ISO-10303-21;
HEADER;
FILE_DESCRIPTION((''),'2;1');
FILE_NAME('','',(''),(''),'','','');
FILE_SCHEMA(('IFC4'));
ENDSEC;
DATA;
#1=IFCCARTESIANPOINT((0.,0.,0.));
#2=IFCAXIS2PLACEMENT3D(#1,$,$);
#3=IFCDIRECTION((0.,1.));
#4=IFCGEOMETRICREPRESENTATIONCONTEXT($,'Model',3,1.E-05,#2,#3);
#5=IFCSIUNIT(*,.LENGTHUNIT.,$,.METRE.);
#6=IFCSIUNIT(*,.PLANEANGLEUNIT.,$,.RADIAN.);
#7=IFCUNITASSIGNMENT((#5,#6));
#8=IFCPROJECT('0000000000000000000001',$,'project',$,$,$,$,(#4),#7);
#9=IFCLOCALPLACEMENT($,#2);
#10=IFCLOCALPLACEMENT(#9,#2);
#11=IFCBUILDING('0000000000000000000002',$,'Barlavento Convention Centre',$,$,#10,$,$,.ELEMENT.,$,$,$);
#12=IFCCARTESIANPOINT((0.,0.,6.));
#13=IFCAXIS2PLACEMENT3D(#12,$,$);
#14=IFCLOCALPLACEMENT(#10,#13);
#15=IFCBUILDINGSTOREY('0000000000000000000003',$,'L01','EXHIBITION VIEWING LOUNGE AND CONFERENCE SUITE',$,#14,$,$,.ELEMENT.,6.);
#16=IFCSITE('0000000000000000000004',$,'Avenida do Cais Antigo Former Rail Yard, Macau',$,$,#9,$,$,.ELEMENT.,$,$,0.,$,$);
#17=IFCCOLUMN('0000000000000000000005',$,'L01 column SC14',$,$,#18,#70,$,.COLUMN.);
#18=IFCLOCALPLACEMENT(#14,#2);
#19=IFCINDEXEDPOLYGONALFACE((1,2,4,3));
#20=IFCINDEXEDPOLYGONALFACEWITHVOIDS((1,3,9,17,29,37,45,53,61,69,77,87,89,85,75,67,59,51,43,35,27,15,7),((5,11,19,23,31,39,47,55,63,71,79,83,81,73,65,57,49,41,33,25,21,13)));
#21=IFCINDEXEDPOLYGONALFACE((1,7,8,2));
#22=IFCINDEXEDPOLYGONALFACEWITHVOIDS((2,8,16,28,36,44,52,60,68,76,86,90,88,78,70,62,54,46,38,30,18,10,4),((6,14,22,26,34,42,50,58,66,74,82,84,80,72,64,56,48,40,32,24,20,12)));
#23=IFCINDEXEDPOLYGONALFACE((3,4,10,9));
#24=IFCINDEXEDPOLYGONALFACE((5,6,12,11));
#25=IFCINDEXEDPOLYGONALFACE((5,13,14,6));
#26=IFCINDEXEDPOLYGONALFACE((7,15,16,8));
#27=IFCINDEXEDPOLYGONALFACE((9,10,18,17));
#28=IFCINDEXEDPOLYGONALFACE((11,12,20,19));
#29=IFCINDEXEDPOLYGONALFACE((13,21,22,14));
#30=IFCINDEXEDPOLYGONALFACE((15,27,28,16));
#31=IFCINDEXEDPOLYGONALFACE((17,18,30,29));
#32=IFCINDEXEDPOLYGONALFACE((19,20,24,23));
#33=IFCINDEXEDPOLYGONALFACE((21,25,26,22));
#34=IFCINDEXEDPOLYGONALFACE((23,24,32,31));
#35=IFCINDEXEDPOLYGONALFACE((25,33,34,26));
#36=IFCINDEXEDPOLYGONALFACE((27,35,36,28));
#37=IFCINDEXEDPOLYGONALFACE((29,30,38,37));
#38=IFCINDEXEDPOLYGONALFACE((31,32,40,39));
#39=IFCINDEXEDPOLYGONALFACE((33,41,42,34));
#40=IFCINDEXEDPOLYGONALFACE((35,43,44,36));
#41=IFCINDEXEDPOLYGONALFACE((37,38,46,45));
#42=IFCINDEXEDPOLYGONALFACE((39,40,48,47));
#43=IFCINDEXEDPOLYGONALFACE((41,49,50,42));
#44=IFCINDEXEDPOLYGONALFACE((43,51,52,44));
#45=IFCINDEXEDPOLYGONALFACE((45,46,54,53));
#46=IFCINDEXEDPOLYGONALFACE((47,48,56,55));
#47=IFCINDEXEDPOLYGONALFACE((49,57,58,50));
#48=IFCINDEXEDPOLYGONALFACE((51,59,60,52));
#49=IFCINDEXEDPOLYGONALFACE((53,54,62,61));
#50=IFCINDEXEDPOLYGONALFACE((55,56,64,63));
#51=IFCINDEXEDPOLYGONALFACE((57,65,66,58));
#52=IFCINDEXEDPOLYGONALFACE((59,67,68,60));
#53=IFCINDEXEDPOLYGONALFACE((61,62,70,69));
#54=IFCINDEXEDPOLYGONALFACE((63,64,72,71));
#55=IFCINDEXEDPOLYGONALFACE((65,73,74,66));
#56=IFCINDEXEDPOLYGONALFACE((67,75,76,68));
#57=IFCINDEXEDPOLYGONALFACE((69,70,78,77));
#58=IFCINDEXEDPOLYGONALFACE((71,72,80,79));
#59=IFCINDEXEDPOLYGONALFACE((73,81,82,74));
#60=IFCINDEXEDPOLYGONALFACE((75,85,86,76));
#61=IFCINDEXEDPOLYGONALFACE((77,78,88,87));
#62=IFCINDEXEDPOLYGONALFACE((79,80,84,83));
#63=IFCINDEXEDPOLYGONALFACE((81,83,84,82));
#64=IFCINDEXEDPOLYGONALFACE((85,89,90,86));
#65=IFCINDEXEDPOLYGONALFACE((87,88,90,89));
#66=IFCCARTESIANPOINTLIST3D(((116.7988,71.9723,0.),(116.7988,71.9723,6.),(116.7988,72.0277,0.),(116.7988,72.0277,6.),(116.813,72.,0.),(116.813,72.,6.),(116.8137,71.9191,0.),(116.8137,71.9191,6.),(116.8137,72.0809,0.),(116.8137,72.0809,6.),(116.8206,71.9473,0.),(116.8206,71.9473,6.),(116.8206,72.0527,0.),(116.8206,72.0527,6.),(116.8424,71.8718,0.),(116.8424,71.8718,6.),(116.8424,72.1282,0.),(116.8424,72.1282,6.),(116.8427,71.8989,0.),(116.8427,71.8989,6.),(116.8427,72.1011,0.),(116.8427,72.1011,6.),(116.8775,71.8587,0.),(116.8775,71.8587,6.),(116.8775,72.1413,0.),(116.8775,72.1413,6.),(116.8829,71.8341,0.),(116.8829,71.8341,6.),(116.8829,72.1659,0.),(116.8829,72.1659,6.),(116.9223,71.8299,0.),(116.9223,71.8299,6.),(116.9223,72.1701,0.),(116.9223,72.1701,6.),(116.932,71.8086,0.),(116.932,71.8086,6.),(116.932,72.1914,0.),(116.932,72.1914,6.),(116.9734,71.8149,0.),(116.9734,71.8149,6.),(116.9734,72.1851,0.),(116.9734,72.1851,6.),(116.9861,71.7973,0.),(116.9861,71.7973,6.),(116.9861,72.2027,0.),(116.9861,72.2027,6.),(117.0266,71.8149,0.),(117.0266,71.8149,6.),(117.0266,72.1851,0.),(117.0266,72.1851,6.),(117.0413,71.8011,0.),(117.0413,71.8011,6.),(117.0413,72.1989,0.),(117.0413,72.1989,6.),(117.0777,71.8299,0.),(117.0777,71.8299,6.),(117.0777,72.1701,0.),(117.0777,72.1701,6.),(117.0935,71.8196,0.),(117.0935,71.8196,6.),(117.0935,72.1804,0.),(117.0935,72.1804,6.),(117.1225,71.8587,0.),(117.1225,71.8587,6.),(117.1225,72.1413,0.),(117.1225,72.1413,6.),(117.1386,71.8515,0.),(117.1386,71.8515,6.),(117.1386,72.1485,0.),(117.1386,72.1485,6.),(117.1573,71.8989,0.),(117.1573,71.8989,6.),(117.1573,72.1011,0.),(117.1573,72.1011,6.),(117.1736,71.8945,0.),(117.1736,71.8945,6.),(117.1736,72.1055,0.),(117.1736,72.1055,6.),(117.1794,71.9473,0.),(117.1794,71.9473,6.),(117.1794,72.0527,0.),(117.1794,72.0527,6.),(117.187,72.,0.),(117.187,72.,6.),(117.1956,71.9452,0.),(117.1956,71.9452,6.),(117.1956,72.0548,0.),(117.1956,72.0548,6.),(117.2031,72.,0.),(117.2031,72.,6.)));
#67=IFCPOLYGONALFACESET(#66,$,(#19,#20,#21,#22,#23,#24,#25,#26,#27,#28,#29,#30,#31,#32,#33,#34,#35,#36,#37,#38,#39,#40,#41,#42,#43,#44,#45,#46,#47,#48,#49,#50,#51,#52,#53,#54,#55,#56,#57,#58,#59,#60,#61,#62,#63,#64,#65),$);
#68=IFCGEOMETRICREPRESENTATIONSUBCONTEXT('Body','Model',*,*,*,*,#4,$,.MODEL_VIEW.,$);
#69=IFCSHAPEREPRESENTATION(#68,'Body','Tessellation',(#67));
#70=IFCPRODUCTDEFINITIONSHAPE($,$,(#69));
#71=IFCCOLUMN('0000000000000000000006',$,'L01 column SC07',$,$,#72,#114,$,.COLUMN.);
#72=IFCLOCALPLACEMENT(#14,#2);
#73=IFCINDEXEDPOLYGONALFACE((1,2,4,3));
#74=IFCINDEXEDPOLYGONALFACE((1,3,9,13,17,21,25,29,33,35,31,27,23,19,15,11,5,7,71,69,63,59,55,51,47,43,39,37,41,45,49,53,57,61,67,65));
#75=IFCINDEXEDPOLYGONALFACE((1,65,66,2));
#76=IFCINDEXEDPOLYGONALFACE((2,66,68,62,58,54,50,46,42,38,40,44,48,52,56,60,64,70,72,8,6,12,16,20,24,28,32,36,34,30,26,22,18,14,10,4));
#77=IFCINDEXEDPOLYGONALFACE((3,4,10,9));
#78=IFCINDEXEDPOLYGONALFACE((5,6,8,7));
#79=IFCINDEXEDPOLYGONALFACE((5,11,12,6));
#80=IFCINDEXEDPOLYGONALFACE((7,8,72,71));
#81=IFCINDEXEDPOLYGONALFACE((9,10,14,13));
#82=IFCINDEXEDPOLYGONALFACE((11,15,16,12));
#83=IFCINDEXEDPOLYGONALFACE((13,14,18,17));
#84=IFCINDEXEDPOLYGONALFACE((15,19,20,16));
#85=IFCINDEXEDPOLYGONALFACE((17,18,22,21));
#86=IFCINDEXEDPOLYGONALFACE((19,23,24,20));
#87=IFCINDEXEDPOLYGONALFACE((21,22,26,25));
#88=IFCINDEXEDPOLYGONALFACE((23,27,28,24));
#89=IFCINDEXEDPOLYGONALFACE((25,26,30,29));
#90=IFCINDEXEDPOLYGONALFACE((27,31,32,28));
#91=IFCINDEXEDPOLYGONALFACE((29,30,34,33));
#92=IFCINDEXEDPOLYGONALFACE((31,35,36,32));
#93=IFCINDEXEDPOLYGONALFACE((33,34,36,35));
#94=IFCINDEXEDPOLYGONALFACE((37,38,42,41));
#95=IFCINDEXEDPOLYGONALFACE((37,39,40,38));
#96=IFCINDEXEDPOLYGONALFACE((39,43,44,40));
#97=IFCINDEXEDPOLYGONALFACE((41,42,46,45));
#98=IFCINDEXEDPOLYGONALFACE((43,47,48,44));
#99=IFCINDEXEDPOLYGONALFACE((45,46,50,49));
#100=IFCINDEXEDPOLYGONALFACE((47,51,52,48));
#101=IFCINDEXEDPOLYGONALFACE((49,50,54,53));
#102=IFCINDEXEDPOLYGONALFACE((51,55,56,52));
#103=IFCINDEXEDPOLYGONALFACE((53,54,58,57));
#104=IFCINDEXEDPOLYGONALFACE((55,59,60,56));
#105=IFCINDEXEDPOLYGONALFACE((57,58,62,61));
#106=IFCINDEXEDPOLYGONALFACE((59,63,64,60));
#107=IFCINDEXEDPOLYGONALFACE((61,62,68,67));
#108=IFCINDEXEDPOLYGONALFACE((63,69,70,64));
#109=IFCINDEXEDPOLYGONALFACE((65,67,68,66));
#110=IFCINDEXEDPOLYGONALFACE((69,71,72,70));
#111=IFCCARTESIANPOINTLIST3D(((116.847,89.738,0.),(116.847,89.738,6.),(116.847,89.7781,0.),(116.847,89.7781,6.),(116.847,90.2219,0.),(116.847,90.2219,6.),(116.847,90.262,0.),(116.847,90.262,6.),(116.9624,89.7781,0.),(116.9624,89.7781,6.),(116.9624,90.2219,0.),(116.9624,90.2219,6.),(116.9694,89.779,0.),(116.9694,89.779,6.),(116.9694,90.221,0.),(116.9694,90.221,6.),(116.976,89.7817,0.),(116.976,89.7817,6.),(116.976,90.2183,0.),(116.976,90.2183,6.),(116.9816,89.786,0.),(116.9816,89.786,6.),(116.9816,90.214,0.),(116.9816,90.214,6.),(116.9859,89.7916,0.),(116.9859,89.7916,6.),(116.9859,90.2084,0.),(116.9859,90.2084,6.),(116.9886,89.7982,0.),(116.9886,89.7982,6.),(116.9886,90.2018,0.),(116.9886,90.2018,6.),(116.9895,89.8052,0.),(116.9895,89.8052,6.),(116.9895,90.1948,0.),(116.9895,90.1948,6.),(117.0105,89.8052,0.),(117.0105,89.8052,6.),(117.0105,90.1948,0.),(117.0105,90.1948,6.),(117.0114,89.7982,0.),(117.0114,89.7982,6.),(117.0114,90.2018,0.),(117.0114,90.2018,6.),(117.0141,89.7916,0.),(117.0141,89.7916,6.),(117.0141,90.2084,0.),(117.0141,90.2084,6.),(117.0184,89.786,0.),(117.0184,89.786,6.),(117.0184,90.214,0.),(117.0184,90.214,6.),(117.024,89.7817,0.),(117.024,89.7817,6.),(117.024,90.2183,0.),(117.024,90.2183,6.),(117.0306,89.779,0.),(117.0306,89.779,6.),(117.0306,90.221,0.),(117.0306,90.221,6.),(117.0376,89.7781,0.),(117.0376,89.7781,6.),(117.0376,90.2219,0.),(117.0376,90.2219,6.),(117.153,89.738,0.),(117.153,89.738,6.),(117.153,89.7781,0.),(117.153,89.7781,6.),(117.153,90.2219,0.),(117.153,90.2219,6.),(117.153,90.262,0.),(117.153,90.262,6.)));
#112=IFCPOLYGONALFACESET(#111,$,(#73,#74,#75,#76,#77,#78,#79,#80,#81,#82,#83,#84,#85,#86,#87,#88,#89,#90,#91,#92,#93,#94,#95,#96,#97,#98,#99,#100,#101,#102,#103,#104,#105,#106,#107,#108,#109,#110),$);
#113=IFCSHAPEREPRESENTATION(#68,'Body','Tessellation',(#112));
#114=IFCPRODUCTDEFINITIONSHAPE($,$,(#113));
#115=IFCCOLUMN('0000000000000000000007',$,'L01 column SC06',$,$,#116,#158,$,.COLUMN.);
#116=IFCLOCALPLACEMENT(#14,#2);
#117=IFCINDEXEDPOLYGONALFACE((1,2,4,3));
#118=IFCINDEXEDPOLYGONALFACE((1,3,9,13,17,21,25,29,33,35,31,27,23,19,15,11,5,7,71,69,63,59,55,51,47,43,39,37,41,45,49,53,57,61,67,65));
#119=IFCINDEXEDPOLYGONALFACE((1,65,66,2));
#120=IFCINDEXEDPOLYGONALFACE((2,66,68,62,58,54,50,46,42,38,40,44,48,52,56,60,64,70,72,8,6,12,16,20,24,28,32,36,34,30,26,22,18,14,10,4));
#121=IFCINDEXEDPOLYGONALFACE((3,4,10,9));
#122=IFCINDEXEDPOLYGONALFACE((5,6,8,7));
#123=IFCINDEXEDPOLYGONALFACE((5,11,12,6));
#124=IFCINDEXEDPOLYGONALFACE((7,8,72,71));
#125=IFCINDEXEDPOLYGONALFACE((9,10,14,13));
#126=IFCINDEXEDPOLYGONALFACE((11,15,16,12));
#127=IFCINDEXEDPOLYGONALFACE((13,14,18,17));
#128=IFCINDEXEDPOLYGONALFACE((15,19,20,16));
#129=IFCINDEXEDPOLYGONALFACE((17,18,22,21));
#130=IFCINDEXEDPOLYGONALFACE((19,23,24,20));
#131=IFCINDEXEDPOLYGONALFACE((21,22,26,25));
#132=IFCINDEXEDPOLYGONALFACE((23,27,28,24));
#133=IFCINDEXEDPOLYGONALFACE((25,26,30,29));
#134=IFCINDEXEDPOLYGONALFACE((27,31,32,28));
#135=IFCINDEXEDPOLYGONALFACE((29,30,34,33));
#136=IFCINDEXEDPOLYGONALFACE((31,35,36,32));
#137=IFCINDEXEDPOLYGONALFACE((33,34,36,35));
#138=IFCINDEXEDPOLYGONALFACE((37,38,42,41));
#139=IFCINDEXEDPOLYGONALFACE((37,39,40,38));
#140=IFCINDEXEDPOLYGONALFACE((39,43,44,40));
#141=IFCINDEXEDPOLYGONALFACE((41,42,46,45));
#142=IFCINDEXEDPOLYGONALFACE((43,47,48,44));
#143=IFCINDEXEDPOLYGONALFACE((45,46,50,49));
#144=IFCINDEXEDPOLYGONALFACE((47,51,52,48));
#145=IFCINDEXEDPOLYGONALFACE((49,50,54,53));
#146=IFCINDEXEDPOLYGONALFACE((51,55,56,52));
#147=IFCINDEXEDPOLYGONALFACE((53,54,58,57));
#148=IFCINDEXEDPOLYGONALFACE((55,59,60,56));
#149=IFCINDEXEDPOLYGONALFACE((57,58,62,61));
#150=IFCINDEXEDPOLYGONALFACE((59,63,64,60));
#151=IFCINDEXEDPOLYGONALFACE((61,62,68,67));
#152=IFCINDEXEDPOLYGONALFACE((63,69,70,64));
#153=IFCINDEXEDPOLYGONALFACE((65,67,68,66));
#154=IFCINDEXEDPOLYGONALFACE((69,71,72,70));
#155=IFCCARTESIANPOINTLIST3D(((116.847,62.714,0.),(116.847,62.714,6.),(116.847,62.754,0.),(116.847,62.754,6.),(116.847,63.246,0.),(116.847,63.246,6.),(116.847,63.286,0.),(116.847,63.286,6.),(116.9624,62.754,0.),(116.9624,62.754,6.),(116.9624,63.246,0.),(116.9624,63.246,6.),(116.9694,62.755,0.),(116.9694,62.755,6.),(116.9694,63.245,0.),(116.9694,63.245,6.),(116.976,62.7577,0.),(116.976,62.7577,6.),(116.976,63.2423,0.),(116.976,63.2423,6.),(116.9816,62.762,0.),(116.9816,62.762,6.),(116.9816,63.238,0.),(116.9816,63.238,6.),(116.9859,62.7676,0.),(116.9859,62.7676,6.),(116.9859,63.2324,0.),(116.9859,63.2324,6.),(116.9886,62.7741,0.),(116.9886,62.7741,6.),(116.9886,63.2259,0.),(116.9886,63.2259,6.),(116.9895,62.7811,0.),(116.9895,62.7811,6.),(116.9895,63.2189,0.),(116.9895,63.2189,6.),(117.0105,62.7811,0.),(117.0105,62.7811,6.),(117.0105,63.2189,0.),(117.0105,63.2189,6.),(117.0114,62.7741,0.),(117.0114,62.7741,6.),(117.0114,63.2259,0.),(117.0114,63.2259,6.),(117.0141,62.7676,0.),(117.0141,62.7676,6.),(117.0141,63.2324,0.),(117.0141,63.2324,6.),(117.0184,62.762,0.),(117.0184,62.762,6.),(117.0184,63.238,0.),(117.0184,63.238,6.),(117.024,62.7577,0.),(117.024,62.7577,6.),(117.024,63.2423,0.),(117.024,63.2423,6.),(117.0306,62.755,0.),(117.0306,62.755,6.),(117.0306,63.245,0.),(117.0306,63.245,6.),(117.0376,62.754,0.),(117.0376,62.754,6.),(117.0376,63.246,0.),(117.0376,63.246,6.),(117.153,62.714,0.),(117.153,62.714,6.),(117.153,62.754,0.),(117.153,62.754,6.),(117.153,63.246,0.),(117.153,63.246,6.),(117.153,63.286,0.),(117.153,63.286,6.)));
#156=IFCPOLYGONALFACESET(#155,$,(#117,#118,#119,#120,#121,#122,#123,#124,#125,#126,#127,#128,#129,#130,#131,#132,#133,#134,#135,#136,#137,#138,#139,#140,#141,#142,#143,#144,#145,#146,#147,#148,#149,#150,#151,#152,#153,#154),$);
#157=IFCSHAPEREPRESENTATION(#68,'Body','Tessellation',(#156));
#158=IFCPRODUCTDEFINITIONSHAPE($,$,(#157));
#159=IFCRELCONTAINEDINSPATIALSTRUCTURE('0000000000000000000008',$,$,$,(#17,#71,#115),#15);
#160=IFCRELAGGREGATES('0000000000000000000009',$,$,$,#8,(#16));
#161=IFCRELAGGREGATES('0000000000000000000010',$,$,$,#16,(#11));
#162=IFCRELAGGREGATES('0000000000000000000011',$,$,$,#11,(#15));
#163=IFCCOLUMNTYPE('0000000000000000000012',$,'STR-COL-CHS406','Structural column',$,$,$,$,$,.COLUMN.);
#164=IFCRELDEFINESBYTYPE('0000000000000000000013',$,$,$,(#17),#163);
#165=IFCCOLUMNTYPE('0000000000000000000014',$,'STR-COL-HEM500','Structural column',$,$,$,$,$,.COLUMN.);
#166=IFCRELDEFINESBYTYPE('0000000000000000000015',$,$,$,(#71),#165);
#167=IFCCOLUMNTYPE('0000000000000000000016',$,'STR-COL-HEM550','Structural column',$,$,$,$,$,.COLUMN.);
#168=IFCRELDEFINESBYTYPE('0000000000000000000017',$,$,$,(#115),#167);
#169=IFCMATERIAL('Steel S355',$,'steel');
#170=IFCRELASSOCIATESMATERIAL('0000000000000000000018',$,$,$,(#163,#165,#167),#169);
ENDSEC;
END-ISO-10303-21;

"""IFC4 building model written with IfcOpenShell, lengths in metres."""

from ifc_helpers import new_model, si_unit, direction, frame, origin, origin_2d, place, context, subcontext, project, spatial, hollow_circle, i_section, extrude, material, material_profile, profile_set, type_object, element, save


model = new_model("IFC4")

# Units and contexts
model_context = context("Model", 3, precision=1e-05, world=origin(), true_north=direction((0.0, 1.0)))
body_context = subcontext(model_context, "Body", "Model", "MODEL_VIEW")
ifc_project = project(units=[si_unit("LENGTHUNIT", "METRE"), si_unit("PLANEANGLEUNIT", "RADIAN")], contexts=[model_context])

# Site, building, storey
site_placement = place(None, origin())
site = spatial("IfcSite", under=ifc_project, at=site_placement, Name="Avenida do Cais Antigo Former Rail Yard, Macau", CompositionType="ELEMENT", RefElevation=0.0)
building_placement = place(site_placement, origin())
building = spatial("IfcBuilding", under=site, at=building_placement, Name="Barlavento Convention Centre", CompositionType="ELEMENT")
storey_placement = place(building_placement, frame((0.0, 0.0, 6.0)))
storey = spatial("IfcBuildingStorey", under=building, at=storey_placement, Name="L01", Description="EXHIBITION VIEWING LOUNGE AND CONFERENCE SUITE", CompositionType="ELEMENT", Elevation=6.0)

# Columns
ifc_material_1 = material(Name="Steel S355", Category="steel")
ifc_material_profile_1 = material_profile(ifc_material_1, hollow_circle(Radius=0.2031, WallThickness=0.0161, at=origin_2d()), Name="CHS 406.4x16.0")
ifc_profile_set_1 = profile_set([ifc_material_profile_1], Name="Steel S355")
column_type_1 = type_object("IfcColumnType", Name="STR-COL-CHS406", Description="Structural column", PredefinedType="COLUMN", material=ifc_profile_set_1)
column_1_placement = place(storey_placement, frame((117.0, 72.0, 0.0), z_axis=(0.0, 0.0, 1.0), x_axis=(1.0, 0.0, 0.0)))
element("IfcColumn", 1, at=column_1_placement, inside=storey, type_object=column_type_1, Name="L01 column SC14", PredefinedType="COLUMN", context=body_context, shape_type="SweptSolid", body=[
    extrude(hollow_circle(Radius=0.2031, WallThickness=0.0161, at=origin_2d()), origin(), (0.0, 0.0, 1.0), 6.0),
])
ifc_material_profile_2 = material_profile(ifc_material_1, i_section(OverallWidth=0.3059, OverallDepth=0.5239, WebThickness=0.021, FlangeThickness=0.04, FilletRadius=0.0271, at=origin_2d()), Name="HEM 500")
ifc_profile_set_2 = profile_set([ifc_material_profile_2], Name="Steel S355")
column_type_2 = type_object("IfcColumnType", Name="STR-COL-HEM500", Description="Structural column", PredefinedType="COLUMN", material=ifc_profile_set_2)
column_2_placement = place(storey_placement, frame((117.0, 90.0, 0.0), z_axis=(0.0, 0.0, 1.0), x_axis=(1.0, 0.0, 0.0)))
element("IfcColumn", 2, at=column_2_placement, inside=storey, type_object=column_type_2, Name="L01 column SC07", PredefinedType="COLUMN", context=body_context, shape_type="SweptSolid", body=[
    extrude(i_section(OverallWidth=0.3059, OverallDepth=0.5239, WebThickness=0.021, FlangeThickness=0.04, FilletRadius=0.0271, at=origin_2d()), origin(), (0.0, 0.0, 1.0), 6.0),
])
ifc_material_profile_3 = material_profile(ifc_material_1, i_section(OverallWidth=0.3059, OverallDepth=0.572, WebThickness=0.021, FlangeThickness=0.04, FilletRadius=0.0271, at=origin_2d()), Name="HEM 550")
ifc_profile_set_3 = profile_set([ifc_material_profile_3], Name="Steel S355")
column_type_3 = type_object("IfcColumnType", Name="STR-COL-HEM550", Description="Structural column", PredefinedType="COLUMN", material=ifc_profile_set_3)
column_3_placement = place(storey_placement, frame((117.0, 63.0, 0.0), z_axis=(0.0, 0.0, 1.0), x_axis=(1.0, 0.0, 0.0)))
element("IfcColumn", 3, at=column_3_placement, inside=storey, type_object=column_type_3, Name="L01 column SC06", PredefinedType="COLUMN", context=body_context, shape_type="SweptSolid", body=[
    extrude(i_section(OverallWidth=0.3059, OverallDepth=0.572, WebThickness=0.021, FlangeThickness=0.04, FilletRadius=0.0271, at=origin_2d()), origin(), (0.0, 0.0, 1.0), 6.0),
])

save(model, "model.ifc")
